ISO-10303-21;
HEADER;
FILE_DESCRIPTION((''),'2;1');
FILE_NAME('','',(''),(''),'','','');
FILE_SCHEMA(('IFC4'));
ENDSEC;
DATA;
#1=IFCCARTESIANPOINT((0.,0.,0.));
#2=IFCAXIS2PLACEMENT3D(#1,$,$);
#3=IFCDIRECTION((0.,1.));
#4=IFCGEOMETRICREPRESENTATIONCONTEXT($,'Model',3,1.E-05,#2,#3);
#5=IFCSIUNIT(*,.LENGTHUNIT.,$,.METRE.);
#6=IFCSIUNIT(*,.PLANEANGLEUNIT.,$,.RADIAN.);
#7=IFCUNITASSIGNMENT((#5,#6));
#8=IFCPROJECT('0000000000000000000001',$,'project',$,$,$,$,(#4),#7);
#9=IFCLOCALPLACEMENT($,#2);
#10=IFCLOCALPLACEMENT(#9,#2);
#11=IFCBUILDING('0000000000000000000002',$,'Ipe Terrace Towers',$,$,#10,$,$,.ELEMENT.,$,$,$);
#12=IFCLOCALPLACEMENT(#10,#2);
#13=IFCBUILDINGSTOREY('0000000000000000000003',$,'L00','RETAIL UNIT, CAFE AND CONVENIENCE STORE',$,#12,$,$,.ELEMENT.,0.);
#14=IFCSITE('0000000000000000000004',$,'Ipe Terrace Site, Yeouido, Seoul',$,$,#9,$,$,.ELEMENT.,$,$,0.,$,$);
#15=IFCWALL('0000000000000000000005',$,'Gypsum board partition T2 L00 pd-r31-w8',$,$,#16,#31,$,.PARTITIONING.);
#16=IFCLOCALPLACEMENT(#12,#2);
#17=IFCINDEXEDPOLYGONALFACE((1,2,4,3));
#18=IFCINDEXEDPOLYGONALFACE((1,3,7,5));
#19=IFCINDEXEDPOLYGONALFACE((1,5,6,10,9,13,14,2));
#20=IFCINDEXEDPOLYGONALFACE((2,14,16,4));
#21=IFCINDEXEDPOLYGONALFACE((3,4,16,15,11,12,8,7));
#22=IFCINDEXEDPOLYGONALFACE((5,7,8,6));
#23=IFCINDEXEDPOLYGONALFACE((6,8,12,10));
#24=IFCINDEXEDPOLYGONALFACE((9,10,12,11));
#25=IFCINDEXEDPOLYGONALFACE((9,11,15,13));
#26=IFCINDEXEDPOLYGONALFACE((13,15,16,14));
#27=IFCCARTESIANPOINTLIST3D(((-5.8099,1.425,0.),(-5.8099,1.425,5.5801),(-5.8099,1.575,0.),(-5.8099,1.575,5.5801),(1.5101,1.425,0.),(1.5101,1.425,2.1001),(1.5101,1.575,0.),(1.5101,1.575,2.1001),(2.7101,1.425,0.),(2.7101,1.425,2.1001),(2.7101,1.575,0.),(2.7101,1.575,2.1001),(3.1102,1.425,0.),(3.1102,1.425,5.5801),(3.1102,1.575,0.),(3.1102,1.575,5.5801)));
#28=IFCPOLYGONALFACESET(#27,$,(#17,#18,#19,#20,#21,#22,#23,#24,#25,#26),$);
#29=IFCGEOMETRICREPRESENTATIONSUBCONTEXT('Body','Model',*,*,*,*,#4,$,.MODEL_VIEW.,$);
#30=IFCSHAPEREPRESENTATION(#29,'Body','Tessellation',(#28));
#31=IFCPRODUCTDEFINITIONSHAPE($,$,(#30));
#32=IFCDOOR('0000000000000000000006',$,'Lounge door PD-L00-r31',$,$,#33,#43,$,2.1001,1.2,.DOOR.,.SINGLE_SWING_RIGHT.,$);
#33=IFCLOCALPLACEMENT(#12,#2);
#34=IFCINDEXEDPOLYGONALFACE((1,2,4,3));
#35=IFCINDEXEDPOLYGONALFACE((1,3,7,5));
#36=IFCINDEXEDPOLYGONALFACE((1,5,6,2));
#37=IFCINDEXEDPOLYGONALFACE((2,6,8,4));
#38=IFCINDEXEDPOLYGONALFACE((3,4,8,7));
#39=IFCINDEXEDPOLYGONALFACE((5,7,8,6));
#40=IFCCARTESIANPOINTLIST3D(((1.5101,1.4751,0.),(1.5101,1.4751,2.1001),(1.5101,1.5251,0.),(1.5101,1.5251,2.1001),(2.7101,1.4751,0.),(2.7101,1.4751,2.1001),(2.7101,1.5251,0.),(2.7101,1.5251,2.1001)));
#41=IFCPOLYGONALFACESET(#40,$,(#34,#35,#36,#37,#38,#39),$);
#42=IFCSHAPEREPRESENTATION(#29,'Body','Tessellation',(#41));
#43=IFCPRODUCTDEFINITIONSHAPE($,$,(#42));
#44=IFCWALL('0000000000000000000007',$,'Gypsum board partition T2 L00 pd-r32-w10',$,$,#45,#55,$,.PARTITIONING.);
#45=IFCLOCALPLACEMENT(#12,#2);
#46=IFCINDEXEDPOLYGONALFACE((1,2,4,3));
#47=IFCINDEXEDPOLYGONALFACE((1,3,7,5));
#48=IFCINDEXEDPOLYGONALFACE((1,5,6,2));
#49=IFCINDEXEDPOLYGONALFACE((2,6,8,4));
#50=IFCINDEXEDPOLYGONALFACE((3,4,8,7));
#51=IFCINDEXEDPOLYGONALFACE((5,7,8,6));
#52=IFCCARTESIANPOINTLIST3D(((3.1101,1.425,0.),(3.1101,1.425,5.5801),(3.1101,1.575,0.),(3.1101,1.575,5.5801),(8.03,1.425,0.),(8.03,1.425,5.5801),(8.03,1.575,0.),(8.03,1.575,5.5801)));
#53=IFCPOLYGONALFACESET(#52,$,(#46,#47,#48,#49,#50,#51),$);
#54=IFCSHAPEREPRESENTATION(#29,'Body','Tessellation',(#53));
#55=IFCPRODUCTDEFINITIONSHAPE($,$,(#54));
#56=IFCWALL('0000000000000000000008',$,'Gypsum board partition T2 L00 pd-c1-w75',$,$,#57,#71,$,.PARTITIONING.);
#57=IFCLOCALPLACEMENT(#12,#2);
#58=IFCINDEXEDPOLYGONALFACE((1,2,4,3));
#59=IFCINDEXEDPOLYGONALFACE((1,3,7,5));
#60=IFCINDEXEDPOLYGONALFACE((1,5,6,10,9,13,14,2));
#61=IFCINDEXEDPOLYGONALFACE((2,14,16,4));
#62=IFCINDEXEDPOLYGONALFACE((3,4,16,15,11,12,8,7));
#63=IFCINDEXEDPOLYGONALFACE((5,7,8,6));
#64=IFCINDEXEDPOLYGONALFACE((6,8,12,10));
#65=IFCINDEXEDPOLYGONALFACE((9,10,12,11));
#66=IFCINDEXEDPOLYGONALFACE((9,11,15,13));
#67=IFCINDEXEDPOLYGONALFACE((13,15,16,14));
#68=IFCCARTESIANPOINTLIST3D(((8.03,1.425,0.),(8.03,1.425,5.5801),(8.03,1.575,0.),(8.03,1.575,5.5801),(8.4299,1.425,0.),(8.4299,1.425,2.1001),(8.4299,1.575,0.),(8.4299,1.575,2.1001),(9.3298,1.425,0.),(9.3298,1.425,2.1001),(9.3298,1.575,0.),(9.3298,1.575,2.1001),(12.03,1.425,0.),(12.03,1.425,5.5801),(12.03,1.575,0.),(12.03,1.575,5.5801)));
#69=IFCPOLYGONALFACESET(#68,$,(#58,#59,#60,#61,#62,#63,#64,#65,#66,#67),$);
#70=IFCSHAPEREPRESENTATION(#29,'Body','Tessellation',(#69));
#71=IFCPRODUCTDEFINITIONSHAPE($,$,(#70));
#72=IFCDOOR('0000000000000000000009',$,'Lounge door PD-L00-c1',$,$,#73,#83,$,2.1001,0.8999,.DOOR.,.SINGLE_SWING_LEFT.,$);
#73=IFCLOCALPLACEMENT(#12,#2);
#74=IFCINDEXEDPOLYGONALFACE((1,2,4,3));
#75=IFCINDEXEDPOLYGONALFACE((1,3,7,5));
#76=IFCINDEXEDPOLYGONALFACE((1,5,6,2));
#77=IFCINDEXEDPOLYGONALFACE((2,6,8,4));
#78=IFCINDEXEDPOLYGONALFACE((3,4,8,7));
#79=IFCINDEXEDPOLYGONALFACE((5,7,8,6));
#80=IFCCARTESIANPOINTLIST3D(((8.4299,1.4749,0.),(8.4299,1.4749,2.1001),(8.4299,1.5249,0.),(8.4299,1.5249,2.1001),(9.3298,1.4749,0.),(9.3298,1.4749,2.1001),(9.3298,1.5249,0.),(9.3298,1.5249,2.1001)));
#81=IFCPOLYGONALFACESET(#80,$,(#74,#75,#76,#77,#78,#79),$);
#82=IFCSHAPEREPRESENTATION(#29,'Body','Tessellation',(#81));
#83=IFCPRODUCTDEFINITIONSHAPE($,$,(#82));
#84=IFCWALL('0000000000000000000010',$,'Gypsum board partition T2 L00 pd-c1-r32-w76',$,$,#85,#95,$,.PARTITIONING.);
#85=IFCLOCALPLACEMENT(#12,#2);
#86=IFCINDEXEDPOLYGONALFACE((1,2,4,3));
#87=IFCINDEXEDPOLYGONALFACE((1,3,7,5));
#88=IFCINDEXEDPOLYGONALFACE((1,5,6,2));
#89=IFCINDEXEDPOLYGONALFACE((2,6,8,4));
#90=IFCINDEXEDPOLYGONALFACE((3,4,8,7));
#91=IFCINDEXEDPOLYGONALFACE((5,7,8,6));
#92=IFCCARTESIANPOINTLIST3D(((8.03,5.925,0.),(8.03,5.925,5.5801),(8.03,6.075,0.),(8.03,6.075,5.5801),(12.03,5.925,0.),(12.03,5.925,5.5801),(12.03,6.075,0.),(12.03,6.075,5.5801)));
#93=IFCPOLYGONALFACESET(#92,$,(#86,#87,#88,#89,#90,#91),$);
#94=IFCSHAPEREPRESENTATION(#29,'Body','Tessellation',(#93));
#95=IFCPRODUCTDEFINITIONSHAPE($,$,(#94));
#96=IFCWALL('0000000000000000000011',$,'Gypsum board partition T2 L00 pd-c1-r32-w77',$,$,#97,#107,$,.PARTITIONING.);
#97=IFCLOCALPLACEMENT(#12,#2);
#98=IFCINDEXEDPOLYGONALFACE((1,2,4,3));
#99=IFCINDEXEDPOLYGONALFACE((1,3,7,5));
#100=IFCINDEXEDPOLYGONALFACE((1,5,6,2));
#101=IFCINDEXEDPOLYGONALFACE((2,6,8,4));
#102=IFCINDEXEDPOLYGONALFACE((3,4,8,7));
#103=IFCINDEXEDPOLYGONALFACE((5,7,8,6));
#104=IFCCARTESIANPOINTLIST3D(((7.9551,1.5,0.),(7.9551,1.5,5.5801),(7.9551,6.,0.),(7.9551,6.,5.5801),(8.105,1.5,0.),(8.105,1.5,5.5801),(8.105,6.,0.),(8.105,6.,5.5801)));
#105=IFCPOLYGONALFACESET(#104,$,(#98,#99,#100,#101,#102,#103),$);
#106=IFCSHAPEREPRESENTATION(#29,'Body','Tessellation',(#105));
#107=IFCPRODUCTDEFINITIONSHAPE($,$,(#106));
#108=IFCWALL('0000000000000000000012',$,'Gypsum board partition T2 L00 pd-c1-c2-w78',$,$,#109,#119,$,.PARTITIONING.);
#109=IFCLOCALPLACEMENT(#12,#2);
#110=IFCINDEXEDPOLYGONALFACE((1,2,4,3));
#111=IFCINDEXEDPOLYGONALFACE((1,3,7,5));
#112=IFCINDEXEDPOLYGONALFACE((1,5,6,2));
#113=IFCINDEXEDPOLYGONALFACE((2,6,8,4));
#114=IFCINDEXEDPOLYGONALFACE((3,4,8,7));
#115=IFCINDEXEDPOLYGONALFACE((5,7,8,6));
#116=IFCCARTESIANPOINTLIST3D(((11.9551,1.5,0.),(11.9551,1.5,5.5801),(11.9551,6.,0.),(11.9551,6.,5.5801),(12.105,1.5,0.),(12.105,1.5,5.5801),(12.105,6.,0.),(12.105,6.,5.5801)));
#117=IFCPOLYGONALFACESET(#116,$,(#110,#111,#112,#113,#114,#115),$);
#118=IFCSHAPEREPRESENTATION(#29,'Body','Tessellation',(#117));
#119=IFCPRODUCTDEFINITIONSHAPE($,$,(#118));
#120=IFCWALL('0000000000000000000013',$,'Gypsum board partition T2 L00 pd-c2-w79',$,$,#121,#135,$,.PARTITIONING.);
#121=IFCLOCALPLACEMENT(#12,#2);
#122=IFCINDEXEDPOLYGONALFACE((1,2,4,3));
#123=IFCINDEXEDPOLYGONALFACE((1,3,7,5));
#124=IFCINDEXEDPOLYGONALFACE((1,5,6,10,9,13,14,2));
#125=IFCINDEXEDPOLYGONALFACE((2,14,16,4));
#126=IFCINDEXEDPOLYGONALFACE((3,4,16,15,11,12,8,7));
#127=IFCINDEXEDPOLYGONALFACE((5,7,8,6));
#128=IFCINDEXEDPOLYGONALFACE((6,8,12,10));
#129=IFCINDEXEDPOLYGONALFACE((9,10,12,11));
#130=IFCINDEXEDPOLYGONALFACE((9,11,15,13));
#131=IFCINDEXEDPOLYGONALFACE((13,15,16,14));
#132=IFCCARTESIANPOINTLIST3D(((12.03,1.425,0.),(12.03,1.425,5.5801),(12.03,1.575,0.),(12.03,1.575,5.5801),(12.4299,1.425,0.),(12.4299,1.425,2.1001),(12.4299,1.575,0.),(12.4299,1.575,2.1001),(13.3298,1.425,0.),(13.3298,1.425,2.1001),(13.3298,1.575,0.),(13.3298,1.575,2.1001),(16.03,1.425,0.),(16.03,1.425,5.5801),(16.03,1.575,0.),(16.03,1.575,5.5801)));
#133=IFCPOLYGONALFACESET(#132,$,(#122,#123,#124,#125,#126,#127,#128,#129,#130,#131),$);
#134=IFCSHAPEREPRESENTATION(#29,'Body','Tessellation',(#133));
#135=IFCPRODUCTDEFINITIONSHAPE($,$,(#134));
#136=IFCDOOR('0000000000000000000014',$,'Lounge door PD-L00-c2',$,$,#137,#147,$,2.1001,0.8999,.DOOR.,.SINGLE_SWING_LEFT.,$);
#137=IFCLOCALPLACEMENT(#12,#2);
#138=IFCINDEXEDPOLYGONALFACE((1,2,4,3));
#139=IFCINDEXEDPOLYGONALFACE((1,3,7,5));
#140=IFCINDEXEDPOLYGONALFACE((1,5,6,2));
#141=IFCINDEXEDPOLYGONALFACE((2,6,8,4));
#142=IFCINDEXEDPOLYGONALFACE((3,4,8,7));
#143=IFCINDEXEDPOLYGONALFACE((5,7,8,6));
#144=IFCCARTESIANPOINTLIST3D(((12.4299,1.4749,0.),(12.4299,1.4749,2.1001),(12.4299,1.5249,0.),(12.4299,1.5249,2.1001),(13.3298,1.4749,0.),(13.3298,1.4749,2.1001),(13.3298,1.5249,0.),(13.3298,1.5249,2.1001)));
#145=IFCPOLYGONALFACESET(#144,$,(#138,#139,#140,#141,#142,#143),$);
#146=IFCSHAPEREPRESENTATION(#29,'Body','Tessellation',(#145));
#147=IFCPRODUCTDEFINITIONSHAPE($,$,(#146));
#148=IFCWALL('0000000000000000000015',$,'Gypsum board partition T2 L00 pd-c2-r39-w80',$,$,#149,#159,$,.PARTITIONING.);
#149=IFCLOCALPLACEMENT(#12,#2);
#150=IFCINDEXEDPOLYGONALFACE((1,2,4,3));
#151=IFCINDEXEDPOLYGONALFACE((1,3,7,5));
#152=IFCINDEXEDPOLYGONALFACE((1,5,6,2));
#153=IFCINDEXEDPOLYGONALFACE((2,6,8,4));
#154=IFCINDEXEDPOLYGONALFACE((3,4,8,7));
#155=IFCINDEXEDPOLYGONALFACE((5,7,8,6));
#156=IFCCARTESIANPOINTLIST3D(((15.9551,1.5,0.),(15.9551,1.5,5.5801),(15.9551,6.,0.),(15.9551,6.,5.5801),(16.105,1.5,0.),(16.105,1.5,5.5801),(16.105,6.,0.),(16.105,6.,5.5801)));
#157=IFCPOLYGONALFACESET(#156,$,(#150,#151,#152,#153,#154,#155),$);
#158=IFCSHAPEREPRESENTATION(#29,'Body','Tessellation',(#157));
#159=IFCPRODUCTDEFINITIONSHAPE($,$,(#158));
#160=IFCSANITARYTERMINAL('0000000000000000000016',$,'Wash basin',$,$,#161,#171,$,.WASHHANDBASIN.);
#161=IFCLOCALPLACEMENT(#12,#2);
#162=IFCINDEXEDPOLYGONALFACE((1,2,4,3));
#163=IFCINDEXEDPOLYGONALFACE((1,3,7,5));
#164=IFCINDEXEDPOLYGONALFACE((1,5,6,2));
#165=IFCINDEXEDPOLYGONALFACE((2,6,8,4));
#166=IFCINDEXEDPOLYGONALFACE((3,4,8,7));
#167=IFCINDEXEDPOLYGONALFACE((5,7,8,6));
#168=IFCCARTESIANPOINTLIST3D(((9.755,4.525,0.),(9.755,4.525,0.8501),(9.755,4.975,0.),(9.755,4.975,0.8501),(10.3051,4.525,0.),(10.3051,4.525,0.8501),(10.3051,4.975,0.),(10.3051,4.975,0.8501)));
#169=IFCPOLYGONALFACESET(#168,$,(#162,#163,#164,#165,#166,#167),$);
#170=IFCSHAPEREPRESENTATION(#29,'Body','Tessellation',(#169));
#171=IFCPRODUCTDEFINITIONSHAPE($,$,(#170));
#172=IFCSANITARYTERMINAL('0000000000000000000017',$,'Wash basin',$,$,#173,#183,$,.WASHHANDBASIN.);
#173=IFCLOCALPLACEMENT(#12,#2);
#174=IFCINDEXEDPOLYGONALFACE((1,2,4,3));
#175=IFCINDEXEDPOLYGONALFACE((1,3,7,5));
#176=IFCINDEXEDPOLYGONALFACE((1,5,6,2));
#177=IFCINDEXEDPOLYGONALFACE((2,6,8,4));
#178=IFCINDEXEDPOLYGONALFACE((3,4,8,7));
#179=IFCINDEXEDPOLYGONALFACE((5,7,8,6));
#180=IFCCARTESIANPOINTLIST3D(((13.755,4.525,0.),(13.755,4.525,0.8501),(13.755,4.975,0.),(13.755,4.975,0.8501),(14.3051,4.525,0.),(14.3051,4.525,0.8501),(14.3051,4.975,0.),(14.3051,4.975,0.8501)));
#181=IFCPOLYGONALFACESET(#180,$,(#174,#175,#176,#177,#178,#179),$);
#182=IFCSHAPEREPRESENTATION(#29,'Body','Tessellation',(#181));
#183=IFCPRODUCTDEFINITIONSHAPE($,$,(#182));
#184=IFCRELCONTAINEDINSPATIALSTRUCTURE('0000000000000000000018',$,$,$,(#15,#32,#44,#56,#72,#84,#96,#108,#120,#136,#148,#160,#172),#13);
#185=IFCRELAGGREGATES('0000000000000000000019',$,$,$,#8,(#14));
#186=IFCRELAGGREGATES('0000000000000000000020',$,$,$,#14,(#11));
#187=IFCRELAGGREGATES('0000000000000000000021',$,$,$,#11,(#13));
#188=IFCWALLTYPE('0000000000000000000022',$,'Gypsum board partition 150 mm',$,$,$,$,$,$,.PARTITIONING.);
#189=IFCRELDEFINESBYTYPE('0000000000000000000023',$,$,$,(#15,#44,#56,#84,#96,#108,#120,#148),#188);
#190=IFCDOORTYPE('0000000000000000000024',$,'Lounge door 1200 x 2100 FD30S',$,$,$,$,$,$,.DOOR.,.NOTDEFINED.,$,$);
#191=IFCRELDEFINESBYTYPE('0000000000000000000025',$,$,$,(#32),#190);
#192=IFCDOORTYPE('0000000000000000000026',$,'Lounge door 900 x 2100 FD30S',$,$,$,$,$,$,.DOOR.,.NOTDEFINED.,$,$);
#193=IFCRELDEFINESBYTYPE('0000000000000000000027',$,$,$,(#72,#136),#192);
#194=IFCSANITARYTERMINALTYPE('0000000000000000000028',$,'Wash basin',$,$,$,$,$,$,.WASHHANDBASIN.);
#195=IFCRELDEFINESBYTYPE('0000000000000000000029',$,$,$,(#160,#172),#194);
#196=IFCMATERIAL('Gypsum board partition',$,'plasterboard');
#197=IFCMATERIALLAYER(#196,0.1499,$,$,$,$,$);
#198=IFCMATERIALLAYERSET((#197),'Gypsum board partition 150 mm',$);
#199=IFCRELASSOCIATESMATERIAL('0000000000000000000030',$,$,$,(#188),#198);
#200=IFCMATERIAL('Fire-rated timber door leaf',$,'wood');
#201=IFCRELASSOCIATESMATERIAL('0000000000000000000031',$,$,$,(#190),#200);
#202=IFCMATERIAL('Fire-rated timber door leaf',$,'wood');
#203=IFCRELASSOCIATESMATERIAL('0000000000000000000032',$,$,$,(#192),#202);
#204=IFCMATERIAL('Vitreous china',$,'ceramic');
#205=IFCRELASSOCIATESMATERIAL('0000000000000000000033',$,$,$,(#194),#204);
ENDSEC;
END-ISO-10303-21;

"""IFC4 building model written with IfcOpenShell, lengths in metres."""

from ifc_helpers import new_model, si_unit, direction, frame, frame_2d, origin, origin_2d, place, context, subcontext, project, spatial, rectangle, extrude, material, layer, layer_set, type_object, element, fill, save


model = new_model("IFC4")

# Units and contexts
model_context = context("Model", 3, precision=1e-05, world=origin(), true_north=direction((0.0, 1.0)))
body_context = subcontext(model_context, "Body", "Model", "MODEL_VIEW")
ifc_project = project(units=[si_unit("LENGTHUNIT", "METRE"), si_unit("PLANEANGLEUNIT", "RADIAN")], contexts=[model_context])

# Site, building, storey
site_placement = place(None, origin())
site = spatial("IfcSite", under=ifc_project, at=site_placement, Name="Ipe Terrace Site, Yeouido, Seoul", CompositionType="ELEMENT", RefElevation=0.0)
building_placement = place(site_placement, origin())
building = spatial("IfcBuilding", under=site, at=building_placement, Name="Ipe Terrace Towers", CompositionType="ELEMENT")
storey_placement = place(building_placement, origin())
storey = spatial("IfcBuildingStorey", under=building, at=storey_placement, Name="L00", Description="RETAIL UNIT, CAFE AND CONVENIENCE STORE", CompositionType="ELEMENT", Elevation=0.0)

# Wall, opening, door
ifc_material_1 = material(Name="Gypsum board partition", Category="plasterboard")
ifc_layer_1 = layer(ifc_material_1, 0.1499)
ifc_layer_set_1 = layer_set([ifc_layer_1], Name="Gypsum board partition 150 mm")
wall_type = type_object("IfcWallType", Name="Gypsum board partition 150 mm", PredefinedType="PARTITIONING", material=ifc_layer_set_1)
wall_1_placement = place(storey_placement, frame((3.1101, 1.5, 0.0), z_axis=(0.0, 0.0, 1.0), x_axis=(-1.0, 0.0, 0.0)))
wall_1 = element("IfcWall", 1, at=wall_1_placement, inside=storey, type_object=wall_type, Name="Gypsum board partition T2 L00 pd-r31-w8", PredefinedType="PARTITIONING", context=body_context, shape_type="SweptSolid", body=[
    extrude(rectangle(XDim=8.9202, YDim=0.1499, at=frame_2d((4.46, 0.0))), origin(), (0.0, 0.0, 1.0), 5.5801),
])
opening_1_placement = place(wall_1_placement, frame((0.3999, 0.0, 0.0)))
opening_1 = element("IfcOpeningElement", 2, at=opening_1_placement, cuts=wall_1, PredefinedType="OPENING", context=body_context, shape_type="SweptSolid", body=[
    extrude(rectangle(XDim=1.2, YDim=2.1001, at=frame_2d((0.6001, 1.05))), frame((0.0, 0.085, 0.0), z_axis=(0.0, -1.0, 0.0), x_axis=(1.0, 0.0, 0.0)), (0.0, 0.0, 1.0), 0.1699),
])
ifc_material_2 = material(Name="Fire-rated timber door leaf", Category="wood")
door_type_1 = type_object("IfcDoorType", Name="Lounge door 1200 x 2100 FD30S", OperationType="NOTDEFINED", PredefinedType="DOOR", material=ifc_material_2)
door_1_placement = place(opening_1_placement, origin())
door_1 = element("IfcDoor", 3, at=door_1_placement, inside=storey, type_object=door_type_1, Name="Lounge door PD-L00-r31", OperationType="SINGLE_SWING_RIGHT", OverallHeight=2.1001, OverallWidth=1.2, PredefinedType="DOOR", context=body_context, shape_type="SweptSolid", body=[
    extrude(rectangle(XDim=1.2, YDim=2.1001, at=frame_2d((0.6001, 1.05))), frame((0.0, 0.0249, 0.0), z_axis=(0.0, -1.0, 0.0), x_axis=(1.0, 0.0, 0.0)), (0.0, 0.0, 1.0), 0.05),
])
fill(opening_1, door_1)

# Wall
wall_2_placement = place(storey_placement, frame((8.03, 1.5, 0.0), z_axis=(0.0, 0.0, 1.0), x_axis=(-1.0, 0.0, 0.0)))
element("IfcWall", 4, at=wall_2_placement, inside=storey, type_object=wall_type, Name="Gypsum board partition T2 L00 pd-r32-w10", PredefinedType="PARTITIONING", context=body_context, shape_type="SweptSolid", body=[
    extrude(rectangle(XDim=4.9199, YDim=0.1499, at=frame_2d((2.46, 0.0))), origin(), (0.0, 0.0, 1.0), 5.5801),
])

# Wall, opening, door
wall_3_placement = place(storey_placement, frame((8.03, 1.5, 0.0), z_axis=(0.0, 0.0, 1.0), x_axis=(1.0, 0.0, 0.0)))
wall_3 = element("IfcWall", 5, at=wall_3_placement, inside=storey, type_object=wall_type, Name="Gypsum board partition T2 L00 pd-c1-w75", PredefinedType="PARTITIONING", context=body_context, shape_type="SweptSolid", body=[
    extrude(rectangle(XDim=4.0, YDim=0.1499, at=frame_2d((2.0, 0.0))), origin(), (0.0, 0.0, 1.0), 5.5801),
])
opening_2_placement = place(wall_3_placement, frame((0.3999, 0.0, 0.0)))
opening_2 = element("IfcOpeningElement", 6, at=opening_2_placement, cuts=wall_3, PredefinedType="OPENING", context=body_context, shape_type="SweptSolid", body=[
    extrude(rectangle(XDim=0.8999, YDim=2.1001, at=frame_2d((0.45, 1.05))), frame((0.0, 0.085, 0.0), z_axis=(0.0, -1.0, 0.0), x_axis=(1.0, 0.0, 0.0)), (0.0, 0.0, 1.0), 0.1699),
])
ifc_material_3 = material(Name="Fire-rated timber door leaf", Category="wood")
door_type_2 = type_object("IfcDoorType", Name="Lounge door 900 x 2100 FD30S", OperationType="NOTDEFINED", PredefinedType="DOOR", material=ifc_material_3)
door_2_placement = place(opening_2_placement, origin())
door_2 = element("IfcDoor", 7, at=door_2_placement, inside=storey, type_object=door_type_2, Name="Lounge door PD-L00-c1", OperationType="SINGLE_SWING_LEFT", OverallHeight=2.1001, OverallWidth=0.8999, PredefinedType="DOOR", context=body_context, shape_type="SweptSolid", body=[
    extrude(rectangle(XDim=0.8999, YDim=2.1001, at=frame_2d((0.45, 1.05))), frame((0.0, 0.0249, 0.0), z_axis=(0.0, -1.0, 0.0), x_axis=(1.0, 0.0, 0.0)), (0.0, 0.0, 1.0), 0.05),
])
fill(opening_2, door_2)

# Walls
wall_4_placement = place(storey_placement, frame((12.03, 6.0, 0.0), z_axis=(0.0, 0.0, 1.0), x_axis=(-1.0, 0.0, 0.0)))
element("IfcWall", 8, at=wall_4_placement, inside=storey, type_object=wall_type, Name="Gypsum board partition T2 L00 pd-c1-r32-w76", PredefinedType="PARTITIONING", context=body_context, shape_type="SweptSolid", body=[
    extrude(rectangle(XDim=4.0, YDim=0.1499, at=frame_2d((2.0, 0.0))), origin(), (0.0, 0.0, 1.0), 5.5801),
])
for number, where, z_axis, x_axis, name in (
    (9, (8.03, 6.0, 0.0), (0.0, 0.0, 1.0), (0.0, -1.0, 0.0), "Gypsum board partition T2 L00 pd-c1-r32-w77"),
    (10, (12.03, 1.5, 0.0), (0.0, 0.0, 1.0), (0.0, 1.0, 0.0), "Gypsum board partition T2 L00 pd-c1-c2-w78"),
):
    element("IfcWall", number, at=place(storey_placement, frame(where, z_axis=z_axis, x_axis=x_axis)), inside=storey, type_object=wall_type, Name=name, PredefinedType="PARTITIONING", context=body_context, shape_type="SweptSolid", body=[
        extrude(rectangle(XDim=4.5, YDim=0.1499, at=frame_2d((2.25, 0.0))), origin(), (0.0, 0.0, 1.0), 5.5801),
    ])

# Wall, opening, door
wall_5_placement = place(storey_placement, frame((12.03, 1.5, 0.0), z_axis=(0.0, 0.0, 1.0), x_axis=(1.0, 0.0, 0.0)))
wall_5 = element("IfcWall", 11, at=wall_5_placement, inside=storey, type_object=wall_type, Name="Gypsum board partition T2 L00 pd-c2-w79", PredefinedType="PARTITIONING", context=body_context, shape_type="SweptSolid", body=[
    extrude(rectangle(XDim=4.0, YDim=0.1499, at=frame_2d((2.0, 0.0))), origin(), (0.0, 0.0, 1.0), 5.5801),
])
opening_3_placement = place(wall_5_placement, frame((0.3999, 0.0, 0.0)))
opening_3 = element("IfcOpeningElement", 12, at=opening_3_placement, cuts=wall_5, PredefinedType="OPENING", context=body_context, shape_type="SweptSolid", body=[
    extrude(rectangle(XDim=0.8999, YDim=2.1001, at=frame_2d((0.45, 1.05))), frame((0.0, 0.085, 0.0), z_axis=(0.0, -1.0, 0.0), x_axis=(1.0, 0.0, 0.0)), (0.0, 0.0, 1.0), 0.1699),
])
door_3_placement = place(opening_3_placement, origin())
door_3 = element("IfcDoor", 13, at=door_3_placement, inside=storey, type_object=door_type_2, Name="Lounge door PD-L00-c2", OperationType="SINGLE_SWING_LEFT", OverallHeight=2.1001, OverallWidth=0.8999, PredefinedType="DOOR", context=body_context, shape_type="SweptSolid", body=[
    extrude(rectangle(XDim=0.8999, YDim=2.1001, at=frame_2d((0.45, 1.05))), frame((0.0, 0.0249, 0.0), z_axis=(0.0, -1.0, 0.0), x_axis=(1.0, 0.0, 0.0)), (0.0, 0.0, 1.0), 0.05),
])
fill(opening_3, door_3)

# Wall
wall_6_placement = place(storey_placement, frame((16.03, 1.5, 0.0), z_axis=(0.0, 0.0, 1.0), x_axis=(0.0, 1.0, 0.0)))
element("IfcWall", 14, at=wall_6_placement, inside=storey, type_object=wall_type, Name="Gypsum board partition T2 L00 pd-c2-r39-w80", PredefinedType="PARTITIONING", context=body_context, shape_type="SweptSolid", body=[
    extrude(rectangle(XDim=4.5, YDim=0.1499, at=frame_2d((2.25, 0.0))), origin(), (0.0, 0.0, 1.0), 5.5801),
])

# Sanitary terminals
ifc_material_4 = material(Name="Vitreous china", Category="ceramic")
sanitary_terminal_type_1 = type_object("IfcSanitaryTerminalType", Name="Wash basin", PredefinedType="WASHHANDBASIN", material=ifc_material_4)
for number, where, z_axis, x_axis, name in (
    (15, (10.03, 4.75, 0.0), (0.0, 0.0, 1.0), (1.0, 0.0, 0.0), "Wash basin"),
    (16, (14.03, 4.75, 0.0), (0.0, 0.0, 1.0), (1.0, 0.0, 0.0), "Wash basin"),
):
    element("IfcSanitaryTerminal", number, at=place(storey_placement, frame(where, z_axis=z_axis, x_axis=x_axis)), inside=storey, type_object=sanitary_terminal_type_1, Name=name, PredefinedType="WASHHANDBASIN", context=body_context, shape_type="SweptSolid", body=[
        extrude(rectangle(XDim=0.55, YDim=0.45, at=origin_2d()), origin(), (0.0, 0.0, 1.0), 0.8501),
    ])

save(model, "model.ifc")
